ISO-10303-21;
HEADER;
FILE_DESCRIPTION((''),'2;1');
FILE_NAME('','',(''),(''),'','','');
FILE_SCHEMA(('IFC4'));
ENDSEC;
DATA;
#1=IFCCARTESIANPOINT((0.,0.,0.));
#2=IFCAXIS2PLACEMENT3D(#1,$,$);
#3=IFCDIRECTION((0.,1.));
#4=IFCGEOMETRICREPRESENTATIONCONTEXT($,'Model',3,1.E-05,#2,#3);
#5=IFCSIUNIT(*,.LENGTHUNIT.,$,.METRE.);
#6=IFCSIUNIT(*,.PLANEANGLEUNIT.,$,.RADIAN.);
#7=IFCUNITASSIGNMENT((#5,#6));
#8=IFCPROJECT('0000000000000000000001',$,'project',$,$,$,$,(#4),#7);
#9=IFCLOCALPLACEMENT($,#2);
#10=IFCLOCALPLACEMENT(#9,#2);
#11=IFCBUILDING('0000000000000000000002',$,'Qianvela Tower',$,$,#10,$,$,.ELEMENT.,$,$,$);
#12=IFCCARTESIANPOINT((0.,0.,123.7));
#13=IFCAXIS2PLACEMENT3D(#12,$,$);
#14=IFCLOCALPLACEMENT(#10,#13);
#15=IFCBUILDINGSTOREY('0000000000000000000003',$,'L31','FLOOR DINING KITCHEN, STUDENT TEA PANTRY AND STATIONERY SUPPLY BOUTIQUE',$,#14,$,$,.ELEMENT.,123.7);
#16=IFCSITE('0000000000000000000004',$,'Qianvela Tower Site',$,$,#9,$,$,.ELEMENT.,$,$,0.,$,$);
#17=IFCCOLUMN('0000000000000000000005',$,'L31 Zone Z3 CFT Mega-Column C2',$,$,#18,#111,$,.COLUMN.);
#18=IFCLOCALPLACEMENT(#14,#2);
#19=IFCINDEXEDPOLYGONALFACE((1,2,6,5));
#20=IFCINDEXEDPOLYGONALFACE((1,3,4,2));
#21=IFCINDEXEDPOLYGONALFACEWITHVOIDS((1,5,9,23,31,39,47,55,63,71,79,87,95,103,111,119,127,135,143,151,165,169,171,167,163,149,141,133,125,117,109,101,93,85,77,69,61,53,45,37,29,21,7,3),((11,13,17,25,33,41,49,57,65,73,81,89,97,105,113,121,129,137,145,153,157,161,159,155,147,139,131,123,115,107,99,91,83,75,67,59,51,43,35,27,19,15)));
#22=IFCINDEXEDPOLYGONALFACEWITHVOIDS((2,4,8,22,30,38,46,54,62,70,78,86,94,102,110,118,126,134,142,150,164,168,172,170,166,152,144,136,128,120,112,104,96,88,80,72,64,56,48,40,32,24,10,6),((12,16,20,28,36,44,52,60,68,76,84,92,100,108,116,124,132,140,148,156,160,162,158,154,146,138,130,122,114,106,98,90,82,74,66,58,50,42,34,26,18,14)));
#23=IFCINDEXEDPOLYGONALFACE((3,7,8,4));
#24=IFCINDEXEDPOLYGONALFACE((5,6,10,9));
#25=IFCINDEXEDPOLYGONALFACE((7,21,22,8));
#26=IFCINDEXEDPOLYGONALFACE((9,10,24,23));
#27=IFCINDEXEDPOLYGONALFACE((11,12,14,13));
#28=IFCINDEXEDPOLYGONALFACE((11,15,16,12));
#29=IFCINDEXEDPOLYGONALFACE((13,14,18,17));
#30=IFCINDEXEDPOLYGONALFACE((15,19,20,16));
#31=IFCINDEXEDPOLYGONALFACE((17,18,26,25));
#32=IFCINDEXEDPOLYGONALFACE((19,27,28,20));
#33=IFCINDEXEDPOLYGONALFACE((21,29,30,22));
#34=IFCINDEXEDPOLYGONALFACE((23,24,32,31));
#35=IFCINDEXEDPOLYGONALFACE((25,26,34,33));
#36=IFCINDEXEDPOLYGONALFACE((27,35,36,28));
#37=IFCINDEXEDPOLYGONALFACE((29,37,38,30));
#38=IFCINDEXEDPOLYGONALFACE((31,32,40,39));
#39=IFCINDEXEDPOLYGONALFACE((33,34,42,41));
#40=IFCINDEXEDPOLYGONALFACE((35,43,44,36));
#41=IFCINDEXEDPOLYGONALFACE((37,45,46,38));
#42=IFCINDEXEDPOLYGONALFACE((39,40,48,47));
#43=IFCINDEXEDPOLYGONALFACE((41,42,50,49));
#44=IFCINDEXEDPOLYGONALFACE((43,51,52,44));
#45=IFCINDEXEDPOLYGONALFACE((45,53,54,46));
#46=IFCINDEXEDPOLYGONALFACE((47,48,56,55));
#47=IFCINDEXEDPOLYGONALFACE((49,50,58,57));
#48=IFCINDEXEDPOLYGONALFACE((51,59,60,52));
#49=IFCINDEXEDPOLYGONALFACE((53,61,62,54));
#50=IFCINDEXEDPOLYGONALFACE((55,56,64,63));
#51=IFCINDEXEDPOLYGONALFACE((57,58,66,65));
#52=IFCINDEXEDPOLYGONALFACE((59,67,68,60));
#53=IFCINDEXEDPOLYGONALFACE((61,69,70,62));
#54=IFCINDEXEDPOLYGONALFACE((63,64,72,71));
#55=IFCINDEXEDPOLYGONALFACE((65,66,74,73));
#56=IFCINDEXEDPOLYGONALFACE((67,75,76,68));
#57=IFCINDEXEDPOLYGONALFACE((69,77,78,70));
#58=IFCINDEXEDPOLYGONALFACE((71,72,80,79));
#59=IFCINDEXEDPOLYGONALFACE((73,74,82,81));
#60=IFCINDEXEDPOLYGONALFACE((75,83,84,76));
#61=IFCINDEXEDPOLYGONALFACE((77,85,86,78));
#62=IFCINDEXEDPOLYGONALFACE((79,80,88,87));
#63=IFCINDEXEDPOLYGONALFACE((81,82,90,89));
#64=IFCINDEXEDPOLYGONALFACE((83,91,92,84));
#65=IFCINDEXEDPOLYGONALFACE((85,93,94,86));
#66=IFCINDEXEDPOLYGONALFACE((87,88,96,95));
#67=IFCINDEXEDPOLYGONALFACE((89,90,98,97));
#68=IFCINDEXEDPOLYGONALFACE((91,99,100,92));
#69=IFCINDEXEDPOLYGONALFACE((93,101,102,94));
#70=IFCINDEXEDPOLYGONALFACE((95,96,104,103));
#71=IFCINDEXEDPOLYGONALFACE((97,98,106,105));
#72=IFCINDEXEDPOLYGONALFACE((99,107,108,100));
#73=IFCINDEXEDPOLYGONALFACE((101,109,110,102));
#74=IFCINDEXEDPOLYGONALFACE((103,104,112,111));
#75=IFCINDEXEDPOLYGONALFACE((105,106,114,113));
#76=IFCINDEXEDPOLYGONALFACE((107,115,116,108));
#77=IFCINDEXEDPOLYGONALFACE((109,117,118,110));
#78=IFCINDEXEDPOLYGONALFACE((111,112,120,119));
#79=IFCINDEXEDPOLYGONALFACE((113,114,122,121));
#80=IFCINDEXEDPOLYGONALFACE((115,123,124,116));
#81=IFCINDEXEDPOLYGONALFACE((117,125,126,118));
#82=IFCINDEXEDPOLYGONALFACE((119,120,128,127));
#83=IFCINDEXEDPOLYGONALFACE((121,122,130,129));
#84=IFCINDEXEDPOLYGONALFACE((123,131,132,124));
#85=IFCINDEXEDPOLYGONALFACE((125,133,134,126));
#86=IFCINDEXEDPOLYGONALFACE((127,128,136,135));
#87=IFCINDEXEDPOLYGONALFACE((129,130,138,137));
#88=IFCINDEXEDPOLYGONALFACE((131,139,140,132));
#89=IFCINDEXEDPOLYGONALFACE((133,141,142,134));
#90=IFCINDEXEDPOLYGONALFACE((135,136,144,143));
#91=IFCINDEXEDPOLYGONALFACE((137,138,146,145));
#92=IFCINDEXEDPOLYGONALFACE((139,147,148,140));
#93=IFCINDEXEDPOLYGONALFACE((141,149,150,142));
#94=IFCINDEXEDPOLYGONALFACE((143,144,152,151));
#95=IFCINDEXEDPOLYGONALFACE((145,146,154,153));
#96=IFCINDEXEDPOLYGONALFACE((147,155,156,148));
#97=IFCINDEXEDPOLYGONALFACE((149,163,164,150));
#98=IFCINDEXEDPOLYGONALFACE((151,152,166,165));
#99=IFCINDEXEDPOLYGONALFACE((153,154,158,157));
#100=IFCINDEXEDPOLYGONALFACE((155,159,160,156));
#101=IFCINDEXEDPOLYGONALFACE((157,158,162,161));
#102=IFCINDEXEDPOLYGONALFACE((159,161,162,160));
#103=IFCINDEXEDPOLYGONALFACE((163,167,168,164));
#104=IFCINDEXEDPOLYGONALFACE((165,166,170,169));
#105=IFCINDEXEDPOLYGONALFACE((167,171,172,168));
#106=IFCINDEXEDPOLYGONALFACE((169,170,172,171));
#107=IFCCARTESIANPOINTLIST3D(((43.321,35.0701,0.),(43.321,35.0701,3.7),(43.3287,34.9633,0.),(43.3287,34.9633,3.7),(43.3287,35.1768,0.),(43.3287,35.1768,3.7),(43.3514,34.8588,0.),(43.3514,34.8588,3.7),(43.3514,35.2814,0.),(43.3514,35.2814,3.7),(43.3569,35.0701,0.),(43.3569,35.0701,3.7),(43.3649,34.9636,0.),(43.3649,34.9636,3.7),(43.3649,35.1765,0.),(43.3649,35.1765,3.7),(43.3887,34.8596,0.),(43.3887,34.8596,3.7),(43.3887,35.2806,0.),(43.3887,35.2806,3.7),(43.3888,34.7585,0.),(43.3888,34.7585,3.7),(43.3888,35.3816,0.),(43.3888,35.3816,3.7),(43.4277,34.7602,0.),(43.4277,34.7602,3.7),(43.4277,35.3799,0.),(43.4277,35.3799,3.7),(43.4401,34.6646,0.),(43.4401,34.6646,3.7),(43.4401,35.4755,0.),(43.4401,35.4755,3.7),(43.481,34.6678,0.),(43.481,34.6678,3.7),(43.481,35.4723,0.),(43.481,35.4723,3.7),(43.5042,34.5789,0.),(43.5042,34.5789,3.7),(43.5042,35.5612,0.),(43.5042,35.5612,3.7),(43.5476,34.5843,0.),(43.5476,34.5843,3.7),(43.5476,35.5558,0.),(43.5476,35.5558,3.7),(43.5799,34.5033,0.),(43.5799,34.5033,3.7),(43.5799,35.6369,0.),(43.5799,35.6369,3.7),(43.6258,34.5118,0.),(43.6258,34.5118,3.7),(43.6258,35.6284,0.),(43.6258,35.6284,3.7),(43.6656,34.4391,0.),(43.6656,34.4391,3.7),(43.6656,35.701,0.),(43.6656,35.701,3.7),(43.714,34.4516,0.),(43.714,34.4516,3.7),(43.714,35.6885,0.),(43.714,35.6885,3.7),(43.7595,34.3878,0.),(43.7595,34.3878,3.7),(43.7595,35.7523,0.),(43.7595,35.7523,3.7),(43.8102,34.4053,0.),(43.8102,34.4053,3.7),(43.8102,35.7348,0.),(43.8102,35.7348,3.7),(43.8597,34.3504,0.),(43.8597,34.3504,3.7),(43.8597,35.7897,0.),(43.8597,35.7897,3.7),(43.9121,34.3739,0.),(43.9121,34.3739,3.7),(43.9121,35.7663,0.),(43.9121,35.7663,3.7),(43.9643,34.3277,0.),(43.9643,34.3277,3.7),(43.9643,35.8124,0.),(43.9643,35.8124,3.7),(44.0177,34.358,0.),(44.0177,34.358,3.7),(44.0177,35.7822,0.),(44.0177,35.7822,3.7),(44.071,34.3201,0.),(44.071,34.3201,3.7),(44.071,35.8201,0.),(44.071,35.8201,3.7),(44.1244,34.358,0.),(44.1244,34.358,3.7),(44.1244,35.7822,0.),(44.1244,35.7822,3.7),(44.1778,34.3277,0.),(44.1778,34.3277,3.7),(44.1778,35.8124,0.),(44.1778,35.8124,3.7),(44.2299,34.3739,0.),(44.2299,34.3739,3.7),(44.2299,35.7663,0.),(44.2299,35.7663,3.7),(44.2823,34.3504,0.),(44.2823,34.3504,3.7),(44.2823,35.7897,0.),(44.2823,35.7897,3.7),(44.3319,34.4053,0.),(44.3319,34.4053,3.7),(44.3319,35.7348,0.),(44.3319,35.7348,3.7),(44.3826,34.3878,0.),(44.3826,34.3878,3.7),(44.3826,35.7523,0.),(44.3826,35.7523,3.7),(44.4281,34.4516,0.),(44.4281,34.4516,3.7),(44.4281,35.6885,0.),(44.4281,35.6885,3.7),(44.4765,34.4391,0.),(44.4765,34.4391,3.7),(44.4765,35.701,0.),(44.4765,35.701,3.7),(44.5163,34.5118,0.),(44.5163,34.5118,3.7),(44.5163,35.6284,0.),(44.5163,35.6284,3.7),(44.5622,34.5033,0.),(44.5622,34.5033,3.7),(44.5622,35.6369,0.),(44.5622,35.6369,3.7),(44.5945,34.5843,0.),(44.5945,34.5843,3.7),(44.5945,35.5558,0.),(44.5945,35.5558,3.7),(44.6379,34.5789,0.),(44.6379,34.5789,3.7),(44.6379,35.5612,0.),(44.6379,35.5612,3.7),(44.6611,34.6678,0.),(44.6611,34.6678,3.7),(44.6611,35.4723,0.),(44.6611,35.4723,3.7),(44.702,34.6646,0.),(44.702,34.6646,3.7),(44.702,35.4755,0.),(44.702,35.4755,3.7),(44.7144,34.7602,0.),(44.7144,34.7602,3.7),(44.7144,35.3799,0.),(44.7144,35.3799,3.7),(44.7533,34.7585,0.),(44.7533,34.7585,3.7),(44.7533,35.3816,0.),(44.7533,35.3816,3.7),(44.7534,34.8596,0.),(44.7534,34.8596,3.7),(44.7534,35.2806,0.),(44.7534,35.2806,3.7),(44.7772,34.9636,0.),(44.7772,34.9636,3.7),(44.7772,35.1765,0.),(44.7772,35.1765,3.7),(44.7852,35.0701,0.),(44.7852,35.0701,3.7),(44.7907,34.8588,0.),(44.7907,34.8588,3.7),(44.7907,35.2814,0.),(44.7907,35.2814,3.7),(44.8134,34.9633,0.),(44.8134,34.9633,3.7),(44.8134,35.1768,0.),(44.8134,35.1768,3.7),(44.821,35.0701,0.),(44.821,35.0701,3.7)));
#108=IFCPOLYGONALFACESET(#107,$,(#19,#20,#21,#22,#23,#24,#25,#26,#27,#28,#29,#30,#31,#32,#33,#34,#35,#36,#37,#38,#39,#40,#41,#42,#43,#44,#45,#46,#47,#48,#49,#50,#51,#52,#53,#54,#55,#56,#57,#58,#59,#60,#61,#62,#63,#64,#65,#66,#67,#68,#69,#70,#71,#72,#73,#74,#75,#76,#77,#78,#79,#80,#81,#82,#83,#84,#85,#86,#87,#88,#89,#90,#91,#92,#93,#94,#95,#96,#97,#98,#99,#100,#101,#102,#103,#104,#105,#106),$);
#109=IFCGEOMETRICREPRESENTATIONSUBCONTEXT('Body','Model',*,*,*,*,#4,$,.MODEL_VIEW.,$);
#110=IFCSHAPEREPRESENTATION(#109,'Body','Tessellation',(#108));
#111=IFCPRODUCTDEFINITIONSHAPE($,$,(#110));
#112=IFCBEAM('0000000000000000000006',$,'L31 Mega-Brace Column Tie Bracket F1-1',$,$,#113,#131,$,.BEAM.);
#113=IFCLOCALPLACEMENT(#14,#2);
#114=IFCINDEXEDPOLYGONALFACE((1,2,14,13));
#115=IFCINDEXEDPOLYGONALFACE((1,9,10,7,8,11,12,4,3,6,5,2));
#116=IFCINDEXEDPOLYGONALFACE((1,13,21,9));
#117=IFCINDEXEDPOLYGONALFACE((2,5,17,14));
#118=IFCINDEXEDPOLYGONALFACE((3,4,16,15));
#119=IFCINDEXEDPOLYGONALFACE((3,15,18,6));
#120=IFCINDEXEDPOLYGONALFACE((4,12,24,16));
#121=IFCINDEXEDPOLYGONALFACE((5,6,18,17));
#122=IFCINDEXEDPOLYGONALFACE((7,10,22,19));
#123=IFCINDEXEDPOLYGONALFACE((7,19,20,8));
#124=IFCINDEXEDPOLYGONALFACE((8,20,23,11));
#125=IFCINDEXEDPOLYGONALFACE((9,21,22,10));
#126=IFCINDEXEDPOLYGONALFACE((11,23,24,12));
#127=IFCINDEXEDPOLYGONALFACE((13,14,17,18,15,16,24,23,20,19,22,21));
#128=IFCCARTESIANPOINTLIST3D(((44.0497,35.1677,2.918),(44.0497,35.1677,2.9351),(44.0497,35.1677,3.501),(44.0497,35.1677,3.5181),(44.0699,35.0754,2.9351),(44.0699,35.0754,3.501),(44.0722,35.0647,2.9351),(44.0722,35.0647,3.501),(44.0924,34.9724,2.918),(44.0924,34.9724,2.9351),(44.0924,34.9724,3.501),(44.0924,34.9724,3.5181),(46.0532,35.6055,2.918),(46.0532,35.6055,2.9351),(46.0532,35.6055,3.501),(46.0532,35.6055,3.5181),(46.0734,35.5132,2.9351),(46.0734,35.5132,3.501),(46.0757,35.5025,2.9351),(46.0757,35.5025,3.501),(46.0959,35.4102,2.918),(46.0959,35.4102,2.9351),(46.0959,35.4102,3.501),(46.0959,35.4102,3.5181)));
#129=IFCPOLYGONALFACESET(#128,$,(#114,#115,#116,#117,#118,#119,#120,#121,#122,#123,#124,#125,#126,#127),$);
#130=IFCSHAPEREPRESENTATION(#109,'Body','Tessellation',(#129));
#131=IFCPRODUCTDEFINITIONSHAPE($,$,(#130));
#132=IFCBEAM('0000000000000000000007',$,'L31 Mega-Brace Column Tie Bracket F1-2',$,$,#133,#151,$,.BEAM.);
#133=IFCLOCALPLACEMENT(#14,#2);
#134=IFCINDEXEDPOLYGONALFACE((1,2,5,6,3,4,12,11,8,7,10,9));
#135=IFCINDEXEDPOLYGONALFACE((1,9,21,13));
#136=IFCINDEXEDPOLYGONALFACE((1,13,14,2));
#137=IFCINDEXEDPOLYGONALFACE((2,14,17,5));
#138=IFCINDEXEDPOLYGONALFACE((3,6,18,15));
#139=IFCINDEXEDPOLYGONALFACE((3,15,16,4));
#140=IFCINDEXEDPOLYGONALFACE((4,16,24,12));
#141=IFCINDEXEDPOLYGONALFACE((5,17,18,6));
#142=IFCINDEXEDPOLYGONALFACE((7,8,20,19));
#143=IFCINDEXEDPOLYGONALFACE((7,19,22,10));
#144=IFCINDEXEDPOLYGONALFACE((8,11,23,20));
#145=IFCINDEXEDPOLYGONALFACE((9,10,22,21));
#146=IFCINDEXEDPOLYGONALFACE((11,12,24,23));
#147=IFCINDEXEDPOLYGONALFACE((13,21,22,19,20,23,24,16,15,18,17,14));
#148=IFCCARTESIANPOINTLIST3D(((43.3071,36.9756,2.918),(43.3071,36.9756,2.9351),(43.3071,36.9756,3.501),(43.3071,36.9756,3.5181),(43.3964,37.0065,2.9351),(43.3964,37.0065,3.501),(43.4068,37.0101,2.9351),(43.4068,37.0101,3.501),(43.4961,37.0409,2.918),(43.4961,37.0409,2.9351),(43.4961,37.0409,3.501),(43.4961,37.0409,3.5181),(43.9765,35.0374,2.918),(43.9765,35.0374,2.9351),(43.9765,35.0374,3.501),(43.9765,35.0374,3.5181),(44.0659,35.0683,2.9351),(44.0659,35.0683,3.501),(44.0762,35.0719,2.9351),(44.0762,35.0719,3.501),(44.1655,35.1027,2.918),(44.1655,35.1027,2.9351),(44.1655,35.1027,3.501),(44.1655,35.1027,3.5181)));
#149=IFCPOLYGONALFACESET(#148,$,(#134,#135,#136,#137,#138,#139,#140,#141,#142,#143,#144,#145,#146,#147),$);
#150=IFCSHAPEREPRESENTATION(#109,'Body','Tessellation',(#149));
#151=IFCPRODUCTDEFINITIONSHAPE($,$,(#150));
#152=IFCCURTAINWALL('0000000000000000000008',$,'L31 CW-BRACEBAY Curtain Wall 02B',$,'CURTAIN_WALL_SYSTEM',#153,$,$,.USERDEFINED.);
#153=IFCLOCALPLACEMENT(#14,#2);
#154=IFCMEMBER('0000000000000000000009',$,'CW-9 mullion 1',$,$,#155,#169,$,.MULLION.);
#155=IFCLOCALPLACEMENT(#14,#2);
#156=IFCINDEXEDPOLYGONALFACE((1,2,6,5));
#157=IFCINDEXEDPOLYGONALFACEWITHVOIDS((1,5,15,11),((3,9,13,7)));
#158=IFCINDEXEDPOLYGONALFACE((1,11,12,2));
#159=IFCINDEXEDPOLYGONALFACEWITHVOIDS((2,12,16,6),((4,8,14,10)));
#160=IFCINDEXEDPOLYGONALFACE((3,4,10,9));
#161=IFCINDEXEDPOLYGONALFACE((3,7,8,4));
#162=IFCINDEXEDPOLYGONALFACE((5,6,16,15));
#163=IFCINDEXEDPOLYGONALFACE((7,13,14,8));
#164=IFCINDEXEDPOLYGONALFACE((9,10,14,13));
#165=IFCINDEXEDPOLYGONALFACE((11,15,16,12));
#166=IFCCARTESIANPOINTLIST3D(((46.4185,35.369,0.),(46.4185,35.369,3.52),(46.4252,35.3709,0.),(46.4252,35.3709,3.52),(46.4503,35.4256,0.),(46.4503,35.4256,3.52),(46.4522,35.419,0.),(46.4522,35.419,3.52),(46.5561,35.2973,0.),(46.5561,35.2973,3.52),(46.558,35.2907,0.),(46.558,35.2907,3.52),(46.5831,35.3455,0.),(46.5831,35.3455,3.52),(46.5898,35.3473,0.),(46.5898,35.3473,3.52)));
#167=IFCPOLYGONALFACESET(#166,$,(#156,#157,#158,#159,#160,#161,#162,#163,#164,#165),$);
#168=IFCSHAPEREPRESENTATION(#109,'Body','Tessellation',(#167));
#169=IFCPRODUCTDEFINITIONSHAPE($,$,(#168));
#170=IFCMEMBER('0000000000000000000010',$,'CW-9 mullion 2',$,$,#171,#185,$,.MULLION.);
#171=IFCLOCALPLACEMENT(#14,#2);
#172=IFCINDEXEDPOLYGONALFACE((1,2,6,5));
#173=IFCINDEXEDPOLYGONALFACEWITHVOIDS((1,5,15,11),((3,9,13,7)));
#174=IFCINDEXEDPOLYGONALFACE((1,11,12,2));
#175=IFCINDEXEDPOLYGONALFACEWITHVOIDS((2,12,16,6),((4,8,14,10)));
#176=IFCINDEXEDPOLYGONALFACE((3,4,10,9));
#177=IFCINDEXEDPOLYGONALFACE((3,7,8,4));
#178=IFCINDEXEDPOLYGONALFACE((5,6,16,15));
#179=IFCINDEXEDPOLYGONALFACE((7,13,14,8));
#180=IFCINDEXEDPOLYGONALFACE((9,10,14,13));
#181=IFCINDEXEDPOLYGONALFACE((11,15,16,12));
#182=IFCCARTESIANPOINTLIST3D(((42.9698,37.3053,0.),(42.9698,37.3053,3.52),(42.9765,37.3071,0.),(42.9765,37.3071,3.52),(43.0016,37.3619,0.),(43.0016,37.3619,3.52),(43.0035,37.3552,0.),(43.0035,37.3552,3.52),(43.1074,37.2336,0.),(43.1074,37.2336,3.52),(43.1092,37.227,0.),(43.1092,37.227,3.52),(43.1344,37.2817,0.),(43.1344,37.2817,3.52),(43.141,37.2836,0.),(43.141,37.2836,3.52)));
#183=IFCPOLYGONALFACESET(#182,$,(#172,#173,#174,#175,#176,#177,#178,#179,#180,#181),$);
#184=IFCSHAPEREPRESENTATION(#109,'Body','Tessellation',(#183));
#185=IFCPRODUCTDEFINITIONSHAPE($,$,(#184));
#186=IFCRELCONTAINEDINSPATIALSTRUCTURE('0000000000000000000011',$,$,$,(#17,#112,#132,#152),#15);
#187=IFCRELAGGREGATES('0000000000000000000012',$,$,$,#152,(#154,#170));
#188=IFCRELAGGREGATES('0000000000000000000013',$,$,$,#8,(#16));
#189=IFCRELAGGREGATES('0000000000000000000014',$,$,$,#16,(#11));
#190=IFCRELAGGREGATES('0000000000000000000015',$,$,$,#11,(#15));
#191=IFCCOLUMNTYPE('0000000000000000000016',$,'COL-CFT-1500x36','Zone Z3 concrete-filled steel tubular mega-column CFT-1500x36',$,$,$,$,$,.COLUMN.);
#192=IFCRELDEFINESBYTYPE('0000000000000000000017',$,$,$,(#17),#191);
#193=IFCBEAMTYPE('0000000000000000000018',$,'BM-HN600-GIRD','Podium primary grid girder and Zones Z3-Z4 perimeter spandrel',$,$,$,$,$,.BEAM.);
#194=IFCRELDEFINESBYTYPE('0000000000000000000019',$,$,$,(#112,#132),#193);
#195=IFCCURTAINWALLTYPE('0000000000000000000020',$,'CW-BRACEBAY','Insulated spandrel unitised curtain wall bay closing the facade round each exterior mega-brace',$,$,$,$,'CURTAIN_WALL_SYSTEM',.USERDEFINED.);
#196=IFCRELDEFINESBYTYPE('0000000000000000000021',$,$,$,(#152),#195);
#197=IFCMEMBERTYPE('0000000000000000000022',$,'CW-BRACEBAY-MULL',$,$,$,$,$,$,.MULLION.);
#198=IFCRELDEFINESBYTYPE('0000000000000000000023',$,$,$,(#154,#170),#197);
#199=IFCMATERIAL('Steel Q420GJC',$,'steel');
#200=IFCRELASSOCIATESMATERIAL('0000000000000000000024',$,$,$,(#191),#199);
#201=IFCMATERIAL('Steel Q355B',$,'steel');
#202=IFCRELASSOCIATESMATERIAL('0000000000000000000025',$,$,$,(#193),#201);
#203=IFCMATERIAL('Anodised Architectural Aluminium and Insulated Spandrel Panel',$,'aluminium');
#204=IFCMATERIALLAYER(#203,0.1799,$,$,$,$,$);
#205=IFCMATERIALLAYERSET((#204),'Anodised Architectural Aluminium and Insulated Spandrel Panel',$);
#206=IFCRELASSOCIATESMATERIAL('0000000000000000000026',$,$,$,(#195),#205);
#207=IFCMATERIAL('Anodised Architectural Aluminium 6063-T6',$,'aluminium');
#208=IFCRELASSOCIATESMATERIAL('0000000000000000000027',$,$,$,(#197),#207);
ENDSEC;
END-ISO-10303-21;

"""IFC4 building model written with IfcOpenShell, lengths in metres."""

from ifc_helpers import new_model, si_unit, direction, frame, origin, origin_2d, place, context, subcontext, project, spatial, hollow_rectangle, hollow_circle, i_section, extrude, material, layer, layer_set, material_profile, profile_set, type_object, element, aggregate, save


model = new_model("IFC4")

# Units and contexts
model_context = context("Model", 3, precision=1e-05, world=origin(), true_north=direction((0.0, 1.0)))
body_context = subcontext(model_context, "Body", "Model", "MODEL_VIEW")
ifc_project = project(units=[si_unit("LENGTHUNIT", "METRE"), si_unit("PLANEANGLEUNIT", "RADIAN")], contexts=[model_context])

# Site, building, storey
site_placement = place(None, origin())
site = spatial("IfcSite", under=ifc_project, at=site_placement, Name="Qianvela Tower Site", CompositionType="ELEMENT", RefElevation=0.0)
building_placement = place(site_placement, origin())
building = spatial("IfcBuilding", under=site, at=building_placement, Name="Qianvela Tower", CompositionType="ELEMENT")
storey_placement = place(building_placement, frame((0.0, 0.0, 123.7)))
storey = spatial("IfcBuildingStorey", under=building, at=storey_placement, Name="L31", Description="FLOOR DINING KITCHEN, STUDENT TEA PANTRY AND STATIONERY SUPPLY BOUTIQUE", CompositionType="ELEMENT", Elevation=123.7)

# Column
ifc_material_1 = material(Name="Steel Q420GJC", Category="steel")
ifc_material_profile_1 = material_profile(ifc_material_1, hollow_circle(Radius=0.75, WallThickness=0.0359, at=origin_2d()), Name="CFT-1500x36")
ifc_profile_set_1 = profile_set([ifc_material_profile_1], Name="Steel Q420GJC")
column_type = type_object("IfcColumnType", Name="COL-CFT-1500x36", Description="Zone Z3 concrete-filled steel tubular mega-column CFT-1500x36", PredefinedType="COLUMN", material=ifc_profile_set_1)
column_placement = place(storey_placement, frame((44.071, 35.0701, 0.0), z_axis=(0.0, 0.0, 1.0), x_axis=(1.0, 0.0, 0.0)))
element("IfcColumn", 1, at=column_placement, inside=storey, type_object=column_type, Name="L31 Zone Z3 CFT Mega-Column C2", PredefinedType="COLUMN", context=body_context, shape_type="SweptSolid", body=[
    extrude(hollow_circle(Radius=0.75, WallThickness=0.0359, at=origin_2d()), origin(), (0.0, 0.0, 1.0), 3.7),
])

# Beams
ifc_material_2 = material(Name="Steel Q355B", Category="steel")
ifc_material_profile_2 = material_profile(ifc_material_2, i_section(OverallWidth=0.2, OverallDepth=0.6001, WebThickness=0.011, FlangeThickness=0.0171, at=origin_2d()), Name="HN600x200x11x17")
ifc_profile_set_2 = profile_set([ifc_material_profile_2], Name="Steel Q355B")
beam_type = type_object("IfcBeamType", Name="BM-HN600-GIRD", Description="Podium primary grid girder and Zones Z3-Z4 perimeter spandrel", PredefinedType="BEAM", material=ifc_profile_set_2)
beam_1_placement = place(storey_placement, frame((44.071, 35.0701, 3.218), z_axis=(0.976951, 0.213463, 0.0), x_axis=(-0.213463, 0.976951, 0.0)))
element("IfcBeam", 2, at=beam_1_placement, inside=storey, type_object=beam_type, Name="L31 Mega-Brace Column Tie Bracket F1-1", PredefinedType="BEAM", context=body_context, shape_type="SweptSolid", body=[
    extrude(i_section(OverallWidth=0.2, OverallDepth=0.6001, WebThickness=0.011, FlangeThickness=0.0171, at=origin_2d()), origin(), (0.0, 0.0, 1.0), 2.0508),
])
beam_2_placement = place(storey_placement, frame((44.071, 35.0701, 3.218), z_axis=(-0.32646, 0.945211, 0.0), x_axis=(-0.945211, -0.32646, 0.0)))
element("IfcBeam", 3, at=beam_2_placement, inside=storey, type_object=beam_type, Name="L31 Mega-Brace Column Tie Bracket F1-2", PredefinedType="BEAM", context=body_context, shape_type="SweptSolid", body=[
    extrude(i_section(OverallWidth=0.2, OverallDepth=0.6001, WebThickness=0.011, FlangeThickness=0.0171, at=origin_2d()), origin(), (0.0, 0.0, 1.0), 2.0505),
])

# Curtain wall, members
ifc_material_3 = material(Name="Anodised Architectural Aluminium and Insulated Spandrel Panel", Category="aluminium")
ifc_layer_1 = layer(ifc_material_3, 0.1799)
ifc_layer_set_1 = layer_set([ifc_layer_1], Name="Anodised Architectural Aluminium and Insulated Spandrel Panel")
curtain_wall_type_1 = type_object("IfcCurtainWallType", Name="CW-BRACEBAY", Description="Insulated spandrel unitised curtain wall bay closing the facade round each exterior mega-brace", ElementType="CURTAIN_WALL_SYSTEM", PredefinedType="USERDEFINED", material=ifc_layer_set_1)
curtain_wall_1_placement = place(storey_placement, origin())
curtain_wall_1 = element("IfcCurtainWall", 4, at=curtain_wall_1_placement, inside=storey, type_object=curtain_wall_type_1, Name="L31 CW-BRACEBAY Curtain Wall 02B", ObjectType="CURTAIN_WALL_SYSTEM", PredefinedType="USERDEFINED")
ifc_material_4 = material(Name="Anodised Architectural Aluminium 6063-T6", Category="aluminium")
ifc_material_profile_3 = material_profile(ifc_material_4, hollow_rectangle(XDim=0.0649, YDim=0.1599, WallThickness=0.0049, at=origin_2d()), Name="ALU-MULL-65x160")
ifc_profile_set_3 = profile_set([ifc_material_profile_3], Name="Anodised Architectural Aluminium 6063-T6")
member_type_1 = type_object("IfcMemberType", Name="CW-BRACEBAY-MULL", PredefinedType="MULLION", material=ifc_profile_set_3)
member_1_placement = place(storey_placement, frame((46.5042, 35.3582, 0.0), z_axis=(0.0, 0.0, 1.0), x_axis=(-0.489594, -0.871951, 0.0)))
member_1 = element("IfcMember", 5, at=member_1_placement, type_object=member_type_1, Name="CW-9 mullion 1", PredefinedType="MULLION", context=body_context, shape_type="SweptSolid", body=[
    extrude(hollow_rectangle(XDim=0.0649, YDim=0.1599, WallThickness=0.0049, at=origin_2d()), origin(), (0.0, 0.0, 1.0), 3.52),
])
member_2_placement = place(storey_placement, frame((43.0554, 37.2944, 0.0), z_axis=(0.0, 0.0, 1.0), x_axis=(-0.489594, -0.871951, 0.0)))
member_2 = element("IfcMember", 6, at=member_2_placement, type_object=member_type_1, Name="CW-9 mullion 2", PredefinedType="MULLION", context=body_context, shape_type="SweptSolid", body=[
    extrude(hollow_rectangle(XDim=0.0649, YDim=0.1599, WallThickness=0.0049, at=origin_2d()), origin(), (0.0, 0.0, 1.0), 3.52),
])

aggregate(curtain_wall_1, [member_1, member_2])

save(model, "model.ifc")
